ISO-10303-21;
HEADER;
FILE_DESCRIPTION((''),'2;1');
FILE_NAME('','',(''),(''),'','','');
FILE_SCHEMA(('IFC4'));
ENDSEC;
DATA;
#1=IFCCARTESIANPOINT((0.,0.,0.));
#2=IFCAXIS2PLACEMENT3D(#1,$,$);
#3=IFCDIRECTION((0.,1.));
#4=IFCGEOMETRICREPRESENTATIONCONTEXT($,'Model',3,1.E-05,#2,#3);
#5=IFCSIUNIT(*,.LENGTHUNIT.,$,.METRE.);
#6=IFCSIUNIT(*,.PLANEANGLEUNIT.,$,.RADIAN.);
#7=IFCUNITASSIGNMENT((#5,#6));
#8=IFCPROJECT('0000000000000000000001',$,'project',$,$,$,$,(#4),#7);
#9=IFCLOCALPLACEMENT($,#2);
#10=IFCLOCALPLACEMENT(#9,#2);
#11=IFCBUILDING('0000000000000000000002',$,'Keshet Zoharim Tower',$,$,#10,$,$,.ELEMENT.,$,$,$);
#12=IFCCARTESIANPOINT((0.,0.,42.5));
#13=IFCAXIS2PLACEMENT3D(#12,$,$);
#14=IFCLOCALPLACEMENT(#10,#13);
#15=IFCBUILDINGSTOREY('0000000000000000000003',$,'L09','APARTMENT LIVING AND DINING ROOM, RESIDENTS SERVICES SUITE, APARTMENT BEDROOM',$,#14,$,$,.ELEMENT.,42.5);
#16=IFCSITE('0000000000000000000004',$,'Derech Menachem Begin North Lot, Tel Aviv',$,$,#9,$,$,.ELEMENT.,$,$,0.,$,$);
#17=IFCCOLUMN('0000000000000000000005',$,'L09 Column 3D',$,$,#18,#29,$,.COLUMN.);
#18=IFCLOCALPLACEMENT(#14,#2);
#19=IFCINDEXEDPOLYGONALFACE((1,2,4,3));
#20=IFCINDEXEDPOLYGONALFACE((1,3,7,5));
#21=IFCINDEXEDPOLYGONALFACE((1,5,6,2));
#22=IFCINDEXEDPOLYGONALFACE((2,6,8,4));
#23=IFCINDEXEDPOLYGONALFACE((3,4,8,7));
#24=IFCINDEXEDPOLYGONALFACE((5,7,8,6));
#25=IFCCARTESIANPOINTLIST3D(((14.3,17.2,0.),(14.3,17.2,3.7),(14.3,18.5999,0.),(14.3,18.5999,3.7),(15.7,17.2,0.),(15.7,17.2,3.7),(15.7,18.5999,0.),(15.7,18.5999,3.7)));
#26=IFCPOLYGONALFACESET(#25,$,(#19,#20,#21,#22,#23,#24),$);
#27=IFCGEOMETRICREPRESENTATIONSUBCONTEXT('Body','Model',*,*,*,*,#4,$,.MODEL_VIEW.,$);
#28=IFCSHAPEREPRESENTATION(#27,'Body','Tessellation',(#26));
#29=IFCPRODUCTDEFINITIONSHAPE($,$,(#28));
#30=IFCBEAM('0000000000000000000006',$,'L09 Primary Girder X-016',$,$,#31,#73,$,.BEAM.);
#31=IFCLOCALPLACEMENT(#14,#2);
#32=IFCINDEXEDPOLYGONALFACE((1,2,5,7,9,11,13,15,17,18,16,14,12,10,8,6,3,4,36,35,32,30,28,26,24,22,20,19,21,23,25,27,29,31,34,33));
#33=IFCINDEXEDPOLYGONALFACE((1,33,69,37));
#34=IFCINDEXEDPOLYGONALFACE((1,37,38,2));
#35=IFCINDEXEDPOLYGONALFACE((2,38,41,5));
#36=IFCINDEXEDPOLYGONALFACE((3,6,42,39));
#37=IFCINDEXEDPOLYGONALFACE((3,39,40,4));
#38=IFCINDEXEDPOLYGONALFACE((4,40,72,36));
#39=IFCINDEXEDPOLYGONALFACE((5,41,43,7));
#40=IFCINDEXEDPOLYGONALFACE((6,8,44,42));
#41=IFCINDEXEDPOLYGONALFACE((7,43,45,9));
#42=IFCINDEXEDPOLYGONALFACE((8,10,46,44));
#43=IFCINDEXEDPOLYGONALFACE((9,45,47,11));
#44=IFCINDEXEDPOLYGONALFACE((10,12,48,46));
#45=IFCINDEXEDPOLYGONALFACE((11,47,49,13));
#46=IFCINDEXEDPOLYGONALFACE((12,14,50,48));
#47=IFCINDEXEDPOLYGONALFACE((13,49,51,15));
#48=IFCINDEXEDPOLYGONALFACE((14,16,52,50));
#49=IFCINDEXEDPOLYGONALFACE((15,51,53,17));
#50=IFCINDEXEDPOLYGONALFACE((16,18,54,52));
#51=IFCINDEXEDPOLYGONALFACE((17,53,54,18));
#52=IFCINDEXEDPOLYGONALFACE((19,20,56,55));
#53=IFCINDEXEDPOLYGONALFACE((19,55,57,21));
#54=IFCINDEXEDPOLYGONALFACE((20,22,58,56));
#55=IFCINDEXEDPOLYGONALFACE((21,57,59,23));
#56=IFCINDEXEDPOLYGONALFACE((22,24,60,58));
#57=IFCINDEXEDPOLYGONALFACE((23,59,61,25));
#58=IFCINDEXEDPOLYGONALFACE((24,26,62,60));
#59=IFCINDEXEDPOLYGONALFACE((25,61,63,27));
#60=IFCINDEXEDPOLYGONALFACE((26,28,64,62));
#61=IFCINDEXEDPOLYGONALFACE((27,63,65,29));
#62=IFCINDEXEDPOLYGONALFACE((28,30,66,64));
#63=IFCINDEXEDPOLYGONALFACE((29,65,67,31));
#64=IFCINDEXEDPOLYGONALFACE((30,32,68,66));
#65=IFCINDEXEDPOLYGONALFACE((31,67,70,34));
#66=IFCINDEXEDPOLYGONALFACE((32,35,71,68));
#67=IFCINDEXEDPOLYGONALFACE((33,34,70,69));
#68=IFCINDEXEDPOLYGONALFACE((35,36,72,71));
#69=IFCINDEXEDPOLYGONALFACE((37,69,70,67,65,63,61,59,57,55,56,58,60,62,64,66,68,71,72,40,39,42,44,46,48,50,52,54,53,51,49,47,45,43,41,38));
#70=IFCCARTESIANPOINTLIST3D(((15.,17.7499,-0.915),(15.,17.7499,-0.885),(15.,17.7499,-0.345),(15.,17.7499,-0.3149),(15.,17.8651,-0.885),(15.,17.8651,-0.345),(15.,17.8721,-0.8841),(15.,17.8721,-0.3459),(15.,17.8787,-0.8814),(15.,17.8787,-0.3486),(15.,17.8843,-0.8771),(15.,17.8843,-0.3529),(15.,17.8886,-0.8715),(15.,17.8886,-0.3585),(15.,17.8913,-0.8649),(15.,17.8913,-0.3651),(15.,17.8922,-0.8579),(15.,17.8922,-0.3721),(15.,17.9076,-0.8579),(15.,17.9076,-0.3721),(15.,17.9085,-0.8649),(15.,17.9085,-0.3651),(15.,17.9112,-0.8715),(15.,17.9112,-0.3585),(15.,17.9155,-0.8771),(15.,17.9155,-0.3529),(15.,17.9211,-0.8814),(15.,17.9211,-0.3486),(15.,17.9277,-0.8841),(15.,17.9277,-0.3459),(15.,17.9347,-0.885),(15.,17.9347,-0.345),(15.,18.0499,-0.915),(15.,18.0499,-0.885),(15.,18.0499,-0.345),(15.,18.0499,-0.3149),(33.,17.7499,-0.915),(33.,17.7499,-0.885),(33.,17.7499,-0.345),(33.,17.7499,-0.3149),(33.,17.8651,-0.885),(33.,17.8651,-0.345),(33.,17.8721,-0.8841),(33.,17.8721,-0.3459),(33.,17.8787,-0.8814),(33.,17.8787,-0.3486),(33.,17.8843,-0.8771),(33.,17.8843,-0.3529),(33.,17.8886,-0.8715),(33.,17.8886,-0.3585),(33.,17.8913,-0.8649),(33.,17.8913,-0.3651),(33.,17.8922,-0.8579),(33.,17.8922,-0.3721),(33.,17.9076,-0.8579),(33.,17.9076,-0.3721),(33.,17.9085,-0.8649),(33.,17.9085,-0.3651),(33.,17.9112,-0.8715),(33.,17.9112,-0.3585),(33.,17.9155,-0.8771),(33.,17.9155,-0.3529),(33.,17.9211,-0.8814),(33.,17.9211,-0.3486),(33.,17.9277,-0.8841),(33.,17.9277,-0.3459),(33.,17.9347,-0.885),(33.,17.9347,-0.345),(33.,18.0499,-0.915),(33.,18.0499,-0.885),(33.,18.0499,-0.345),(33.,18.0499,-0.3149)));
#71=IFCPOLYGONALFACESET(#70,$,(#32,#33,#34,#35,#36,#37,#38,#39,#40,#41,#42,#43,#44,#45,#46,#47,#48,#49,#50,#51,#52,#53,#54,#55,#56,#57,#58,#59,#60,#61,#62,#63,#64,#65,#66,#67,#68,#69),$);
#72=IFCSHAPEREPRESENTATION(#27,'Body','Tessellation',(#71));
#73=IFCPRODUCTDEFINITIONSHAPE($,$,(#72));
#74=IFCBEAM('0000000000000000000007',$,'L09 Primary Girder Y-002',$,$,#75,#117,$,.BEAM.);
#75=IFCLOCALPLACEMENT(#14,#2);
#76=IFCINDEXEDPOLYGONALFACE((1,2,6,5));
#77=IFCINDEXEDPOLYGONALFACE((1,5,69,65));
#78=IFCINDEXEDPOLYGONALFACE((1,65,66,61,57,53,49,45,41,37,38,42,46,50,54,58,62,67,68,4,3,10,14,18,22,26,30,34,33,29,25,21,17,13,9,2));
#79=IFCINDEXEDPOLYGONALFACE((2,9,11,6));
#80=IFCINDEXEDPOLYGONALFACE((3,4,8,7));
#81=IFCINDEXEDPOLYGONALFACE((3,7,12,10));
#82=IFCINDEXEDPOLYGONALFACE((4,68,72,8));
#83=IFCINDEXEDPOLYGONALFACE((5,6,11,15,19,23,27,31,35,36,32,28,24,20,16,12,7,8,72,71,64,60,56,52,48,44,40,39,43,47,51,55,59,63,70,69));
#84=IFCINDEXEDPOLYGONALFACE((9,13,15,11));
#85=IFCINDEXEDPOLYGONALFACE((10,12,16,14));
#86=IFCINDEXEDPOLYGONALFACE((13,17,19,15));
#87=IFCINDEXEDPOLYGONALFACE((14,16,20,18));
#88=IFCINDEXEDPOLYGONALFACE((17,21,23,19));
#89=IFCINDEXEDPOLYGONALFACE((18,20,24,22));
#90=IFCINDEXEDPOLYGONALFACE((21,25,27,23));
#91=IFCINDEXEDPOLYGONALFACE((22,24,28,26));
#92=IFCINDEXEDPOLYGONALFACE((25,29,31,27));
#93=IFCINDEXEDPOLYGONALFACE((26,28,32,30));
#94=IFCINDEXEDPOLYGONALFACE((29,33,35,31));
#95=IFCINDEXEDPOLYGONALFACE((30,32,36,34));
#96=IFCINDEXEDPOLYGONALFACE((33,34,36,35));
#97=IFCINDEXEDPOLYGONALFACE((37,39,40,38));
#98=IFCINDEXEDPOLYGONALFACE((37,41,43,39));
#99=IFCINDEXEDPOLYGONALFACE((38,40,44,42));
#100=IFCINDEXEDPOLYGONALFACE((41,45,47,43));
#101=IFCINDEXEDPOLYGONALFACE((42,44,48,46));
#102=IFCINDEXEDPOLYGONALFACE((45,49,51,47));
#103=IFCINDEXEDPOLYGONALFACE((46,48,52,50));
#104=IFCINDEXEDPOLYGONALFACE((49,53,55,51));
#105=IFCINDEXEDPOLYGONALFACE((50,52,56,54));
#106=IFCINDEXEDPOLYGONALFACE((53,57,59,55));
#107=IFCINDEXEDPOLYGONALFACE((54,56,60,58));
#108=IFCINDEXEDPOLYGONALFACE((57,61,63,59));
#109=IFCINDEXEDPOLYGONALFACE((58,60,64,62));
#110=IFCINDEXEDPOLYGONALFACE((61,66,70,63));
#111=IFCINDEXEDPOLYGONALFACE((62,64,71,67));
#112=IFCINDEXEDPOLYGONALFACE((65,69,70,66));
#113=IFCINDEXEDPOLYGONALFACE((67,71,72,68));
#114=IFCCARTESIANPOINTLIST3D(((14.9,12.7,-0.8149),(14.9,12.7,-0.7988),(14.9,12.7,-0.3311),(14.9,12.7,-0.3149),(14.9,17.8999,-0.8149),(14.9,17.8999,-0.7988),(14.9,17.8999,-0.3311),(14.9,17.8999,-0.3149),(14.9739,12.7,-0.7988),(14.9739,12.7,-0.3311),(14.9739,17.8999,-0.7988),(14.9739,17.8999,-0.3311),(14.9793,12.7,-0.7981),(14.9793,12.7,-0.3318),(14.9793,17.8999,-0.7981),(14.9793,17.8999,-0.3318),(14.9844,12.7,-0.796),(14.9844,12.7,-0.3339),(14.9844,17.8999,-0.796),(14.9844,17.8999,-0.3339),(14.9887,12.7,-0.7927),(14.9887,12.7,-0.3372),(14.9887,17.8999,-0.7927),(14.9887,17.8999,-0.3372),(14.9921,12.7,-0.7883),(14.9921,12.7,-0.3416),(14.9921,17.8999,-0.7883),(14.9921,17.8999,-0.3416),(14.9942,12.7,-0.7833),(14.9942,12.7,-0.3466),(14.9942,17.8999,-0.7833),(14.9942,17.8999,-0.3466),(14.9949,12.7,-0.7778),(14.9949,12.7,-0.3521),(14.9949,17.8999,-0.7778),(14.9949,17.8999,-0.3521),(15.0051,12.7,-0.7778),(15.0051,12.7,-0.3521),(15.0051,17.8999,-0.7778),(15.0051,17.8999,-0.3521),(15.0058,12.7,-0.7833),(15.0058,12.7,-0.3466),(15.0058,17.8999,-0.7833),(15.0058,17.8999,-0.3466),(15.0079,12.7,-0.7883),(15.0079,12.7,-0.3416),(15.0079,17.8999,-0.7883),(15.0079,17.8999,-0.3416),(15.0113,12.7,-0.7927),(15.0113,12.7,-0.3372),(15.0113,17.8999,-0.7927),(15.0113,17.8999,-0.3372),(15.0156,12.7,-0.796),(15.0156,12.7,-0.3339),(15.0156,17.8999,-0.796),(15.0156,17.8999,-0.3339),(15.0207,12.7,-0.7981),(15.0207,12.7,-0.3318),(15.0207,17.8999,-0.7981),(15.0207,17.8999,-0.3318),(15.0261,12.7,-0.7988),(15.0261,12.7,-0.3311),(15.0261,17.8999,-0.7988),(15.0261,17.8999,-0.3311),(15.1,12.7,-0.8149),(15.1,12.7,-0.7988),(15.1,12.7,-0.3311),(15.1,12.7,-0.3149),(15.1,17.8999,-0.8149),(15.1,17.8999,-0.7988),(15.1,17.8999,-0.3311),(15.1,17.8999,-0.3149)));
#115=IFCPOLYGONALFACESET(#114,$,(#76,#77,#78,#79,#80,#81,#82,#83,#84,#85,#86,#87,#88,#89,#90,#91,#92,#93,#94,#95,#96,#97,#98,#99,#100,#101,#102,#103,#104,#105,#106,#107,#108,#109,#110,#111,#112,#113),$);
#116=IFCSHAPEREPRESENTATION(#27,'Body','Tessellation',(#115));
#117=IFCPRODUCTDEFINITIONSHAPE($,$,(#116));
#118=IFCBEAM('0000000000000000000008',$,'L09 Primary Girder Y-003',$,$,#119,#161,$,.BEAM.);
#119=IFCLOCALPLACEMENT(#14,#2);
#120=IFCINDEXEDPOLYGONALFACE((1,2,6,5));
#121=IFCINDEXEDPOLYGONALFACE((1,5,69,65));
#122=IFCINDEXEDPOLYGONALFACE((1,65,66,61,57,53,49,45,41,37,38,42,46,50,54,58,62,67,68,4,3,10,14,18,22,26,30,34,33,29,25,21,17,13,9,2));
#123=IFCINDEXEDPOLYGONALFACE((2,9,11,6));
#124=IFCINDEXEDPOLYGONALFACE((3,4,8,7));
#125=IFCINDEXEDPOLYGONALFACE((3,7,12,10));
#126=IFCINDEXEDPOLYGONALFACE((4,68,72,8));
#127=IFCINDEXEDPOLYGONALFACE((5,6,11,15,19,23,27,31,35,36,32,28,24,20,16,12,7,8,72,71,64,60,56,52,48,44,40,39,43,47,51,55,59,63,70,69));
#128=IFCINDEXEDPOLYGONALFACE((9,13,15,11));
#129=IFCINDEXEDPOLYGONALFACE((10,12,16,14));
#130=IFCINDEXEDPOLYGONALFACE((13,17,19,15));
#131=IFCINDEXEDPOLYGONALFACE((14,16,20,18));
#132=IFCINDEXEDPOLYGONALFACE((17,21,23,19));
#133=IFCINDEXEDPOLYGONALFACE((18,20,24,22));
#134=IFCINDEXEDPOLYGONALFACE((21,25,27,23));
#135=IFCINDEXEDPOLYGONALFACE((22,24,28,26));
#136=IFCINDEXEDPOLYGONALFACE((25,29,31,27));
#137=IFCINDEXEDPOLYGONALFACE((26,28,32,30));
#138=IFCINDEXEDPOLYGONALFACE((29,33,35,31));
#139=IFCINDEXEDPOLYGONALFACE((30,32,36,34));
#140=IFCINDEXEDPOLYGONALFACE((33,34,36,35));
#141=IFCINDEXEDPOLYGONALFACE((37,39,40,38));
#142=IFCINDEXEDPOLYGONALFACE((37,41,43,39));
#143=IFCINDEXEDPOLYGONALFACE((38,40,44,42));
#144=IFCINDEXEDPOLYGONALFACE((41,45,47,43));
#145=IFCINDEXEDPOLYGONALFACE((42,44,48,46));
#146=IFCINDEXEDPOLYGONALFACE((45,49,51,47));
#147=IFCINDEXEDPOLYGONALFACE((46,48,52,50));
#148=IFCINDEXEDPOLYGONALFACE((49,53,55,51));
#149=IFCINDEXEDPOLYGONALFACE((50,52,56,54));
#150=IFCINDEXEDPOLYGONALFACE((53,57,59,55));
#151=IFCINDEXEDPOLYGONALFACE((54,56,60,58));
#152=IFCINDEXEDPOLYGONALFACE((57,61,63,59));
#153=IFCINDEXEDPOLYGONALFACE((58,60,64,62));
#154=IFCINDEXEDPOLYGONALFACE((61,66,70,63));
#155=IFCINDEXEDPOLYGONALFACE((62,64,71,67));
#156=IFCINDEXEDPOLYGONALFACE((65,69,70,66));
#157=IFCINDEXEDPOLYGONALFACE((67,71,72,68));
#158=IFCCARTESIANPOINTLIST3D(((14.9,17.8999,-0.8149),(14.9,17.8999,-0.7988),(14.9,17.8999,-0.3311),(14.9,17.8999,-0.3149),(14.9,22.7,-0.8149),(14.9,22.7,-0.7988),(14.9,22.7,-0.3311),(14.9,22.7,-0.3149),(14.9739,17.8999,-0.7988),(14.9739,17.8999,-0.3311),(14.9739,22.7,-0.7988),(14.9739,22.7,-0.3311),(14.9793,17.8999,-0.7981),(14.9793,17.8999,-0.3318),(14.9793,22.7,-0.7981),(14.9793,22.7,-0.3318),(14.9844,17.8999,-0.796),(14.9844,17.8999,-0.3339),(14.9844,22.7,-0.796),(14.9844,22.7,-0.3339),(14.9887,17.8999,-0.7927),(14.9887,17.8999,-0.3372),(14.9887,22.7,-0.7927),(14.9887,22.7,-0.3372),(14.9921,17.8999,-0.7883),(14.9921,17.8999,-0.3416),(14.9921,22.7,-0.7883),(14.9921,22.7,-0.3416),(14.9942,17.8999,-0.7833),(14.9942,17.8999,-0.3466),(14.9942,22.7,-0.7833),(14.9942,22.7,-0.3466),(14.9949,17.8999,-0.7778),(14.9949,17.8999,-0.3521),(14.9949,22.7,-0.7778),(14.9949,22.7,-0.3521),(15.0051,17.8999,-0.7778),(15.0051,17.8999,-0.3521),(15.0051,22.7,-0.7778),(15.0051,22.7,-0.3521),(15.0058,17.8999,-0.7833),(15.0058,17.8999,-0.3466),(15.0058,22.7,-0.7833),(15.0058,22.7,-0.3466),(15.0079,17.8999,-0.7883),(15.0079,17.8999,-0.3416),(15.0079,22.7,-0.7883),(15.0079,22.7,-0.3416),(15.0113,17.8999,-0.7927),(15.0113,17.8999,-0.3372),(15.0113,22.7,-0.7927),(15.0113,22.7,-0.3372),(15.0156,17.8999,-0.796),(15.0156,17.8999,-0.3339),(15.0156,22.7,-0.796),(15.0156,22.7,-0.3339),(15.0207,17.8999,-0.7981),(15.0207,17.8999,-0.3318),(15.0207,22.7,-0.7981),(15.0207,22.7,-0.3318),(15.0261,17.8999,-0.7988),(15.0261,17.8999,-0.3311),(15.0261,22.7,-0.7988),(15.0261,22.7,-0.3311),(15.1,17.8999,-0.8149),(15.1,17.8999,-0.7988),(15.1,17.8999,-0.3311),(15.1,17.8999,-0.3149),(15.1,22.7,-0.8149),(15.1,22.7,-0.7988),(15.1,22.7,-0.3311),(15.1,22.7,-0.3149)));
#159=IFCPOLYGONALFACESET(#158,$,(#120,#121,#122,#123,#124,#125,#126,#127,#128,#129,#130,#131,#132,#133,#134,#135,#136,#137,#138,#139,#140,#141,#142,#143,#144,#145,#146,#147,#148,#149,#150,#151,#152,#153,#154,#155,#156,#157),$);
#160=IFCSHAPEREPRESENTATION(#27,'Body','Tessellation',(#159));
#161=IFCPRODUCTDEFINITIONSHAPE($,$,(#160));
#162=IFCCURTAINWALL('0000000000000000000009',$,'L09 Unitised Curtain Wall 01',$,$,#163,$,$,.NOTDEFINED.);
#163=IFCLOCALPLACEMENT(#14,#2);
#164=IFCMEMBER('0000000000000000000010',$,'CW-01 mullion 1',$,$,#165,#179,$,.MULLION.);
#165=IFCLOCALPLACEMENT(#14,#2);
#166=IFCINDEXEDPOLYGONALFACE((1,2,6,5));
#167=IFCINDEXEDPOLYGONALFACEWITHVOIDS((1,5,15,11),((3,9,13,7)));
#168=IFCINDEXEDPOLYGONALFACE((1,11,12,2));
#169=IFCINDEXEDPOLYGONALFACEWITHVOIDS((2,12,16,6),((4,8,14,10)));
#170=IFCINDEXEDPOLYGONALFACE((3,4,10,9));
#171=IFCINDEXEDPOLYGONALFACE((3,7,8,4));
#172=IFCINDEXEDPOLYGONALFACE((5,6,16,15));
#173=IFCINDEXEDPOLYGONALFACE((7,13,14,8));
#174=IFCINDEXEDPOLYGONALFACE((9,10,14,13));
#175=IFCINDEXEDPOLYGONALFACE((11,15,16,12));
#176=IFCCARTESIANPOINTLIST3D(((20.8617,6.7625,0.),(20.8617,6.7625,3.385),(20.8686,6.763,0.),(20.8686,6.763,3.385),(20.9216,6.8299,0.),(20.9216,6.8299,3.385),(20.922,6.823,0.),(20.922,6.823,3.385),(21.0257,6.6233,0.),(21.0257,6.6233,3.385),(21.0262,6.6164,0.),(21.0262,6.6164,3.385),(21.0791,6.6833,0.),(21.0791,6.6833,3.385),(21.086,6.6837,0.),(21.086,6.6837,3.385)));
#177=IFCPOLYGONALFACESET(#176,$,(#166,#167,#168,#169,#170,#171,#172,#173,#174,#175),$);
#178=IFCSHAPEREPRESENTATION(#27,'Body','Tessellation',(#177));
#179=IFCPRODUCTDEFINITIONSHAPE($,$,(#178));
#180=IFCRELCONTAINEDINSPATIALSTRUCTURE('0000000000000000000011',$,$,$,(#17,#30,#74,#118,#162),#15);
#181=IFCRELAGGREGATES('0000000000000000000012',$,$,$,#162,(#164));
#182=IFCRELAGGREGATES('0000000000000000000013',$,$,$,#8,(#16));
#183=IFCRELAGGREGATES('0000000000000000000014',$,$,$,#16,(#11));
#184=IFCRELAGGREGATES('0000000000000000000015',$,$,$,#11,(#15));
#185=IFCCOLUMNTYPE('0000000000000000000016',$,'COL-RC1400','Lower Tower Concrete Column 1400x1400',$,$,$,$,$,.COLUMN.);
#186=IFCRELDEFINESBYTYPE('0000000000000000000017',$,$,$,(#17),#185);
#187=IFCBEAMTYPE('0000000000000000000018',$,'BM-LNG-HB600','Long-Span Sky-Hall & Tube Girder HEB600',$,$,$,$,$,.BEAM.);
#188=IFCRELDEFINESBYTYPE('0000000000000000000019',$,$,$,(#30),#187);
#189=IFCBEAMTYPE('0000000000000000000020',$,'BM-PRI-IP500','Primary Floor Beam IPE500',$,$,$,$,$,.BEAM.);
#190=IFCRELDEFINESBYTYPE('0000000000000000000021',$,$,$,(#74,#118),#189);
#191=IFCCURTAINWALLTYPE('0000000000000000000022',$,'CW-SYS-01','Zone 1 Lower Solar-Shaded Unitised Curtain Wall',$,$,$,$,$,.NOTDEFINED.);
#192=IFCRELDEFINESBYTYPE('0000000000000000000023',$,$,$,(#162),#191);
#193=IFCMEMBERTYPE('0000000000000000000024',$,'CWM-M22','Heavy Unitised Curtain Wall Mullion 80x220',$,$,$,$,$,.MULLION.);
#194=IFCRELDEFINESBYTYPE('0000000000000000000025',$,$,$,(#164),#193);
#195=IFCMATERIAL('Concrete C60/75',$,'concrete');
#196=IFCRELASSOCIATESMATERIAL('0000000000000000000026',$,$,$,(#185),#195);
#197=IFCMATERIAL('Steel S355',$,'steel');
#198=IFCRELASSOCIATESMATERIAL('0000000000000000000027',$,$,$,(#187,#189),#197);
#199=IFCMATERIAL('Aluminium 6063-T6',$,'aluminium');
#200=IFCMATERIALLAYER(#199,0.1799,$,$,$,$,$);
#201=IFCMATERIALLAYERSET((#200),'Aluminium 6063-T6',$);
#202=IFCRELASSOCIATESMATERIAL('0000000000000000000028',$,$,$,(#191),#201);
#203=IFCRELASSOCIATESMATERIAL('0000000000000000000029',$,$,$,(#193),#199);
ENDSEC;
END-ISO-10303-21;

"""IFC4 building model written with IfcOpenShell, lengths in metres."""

from ifc_helpers import new_model, si_unit, direction, frame, origin, origin_2d, place, context, subcontext, project, spatial, rectangle, hollow_rectangle, i_section, extrude, material, layer, layer_set, material_profile, profile_set, type_object, element, aggregate, save


model = new_model("IFC4")

# Units and contexts
model_context = context("Model", 3, precision=1e-05, world=origin(), true_north=direction((0.0, 1.0)))
body_context = subcontext(model_context, "Body", "Model", "MODEL_VIEW")
ifc_project = project(units=[si_unit("LENGTHUNIT", "METRE"), si_unit("PLANEANGLEUNIT", "RADIAN")], contexts=[model_context])

# Site, building, storey
site_placement = place(None, origin())
site = spatial("IfcSite", under=ifc_project, at=site_placement, Name="Derech Menachem Begin North Lot, Tel Aviv", CompositionType="ELEMENT", RefElevation=0.0)
building_placement = place(site_placement, origin())
building = spatial("IfcBuilding", under=site, at=building_placement, Name="Keshet Zoharim Tower", CompositionType="ELEMENT")
storey_placement = place(building_placement, frame((0.0, 0.0, 42.5)))
storey = spatial("IfcBuildingStorey", under=building, at=storey_placement, Name="L09", Description="APARTMENT LIVING AND DINING ROOM, RESIDENTS SERVICES SUITE, APARTMENT BEDROOM", CompositionType="ELEMENT", Elevation=42.5)

# Column
ifc_material_1 = material(Name="Concrete C60/75", Category="concrete")
ifc_material_profile_1 = material_profile(ifc_material_1, rectangle(XDim=1.3999, YDim=1.3999, at=origin_2d()), Name="RC1400x1400")
ifc_profile_set_1 = profile_set([ifc_material_profile_1], Name="Concrete C60/75")
column_type = type_object("IfcColumnType", Name="COL-RC1400", Description="Lower Tower Concrete Column 1400x1400", PredefinedType="COLUMN", material=ifc_profile_set_1)
column_placement = place(storey_placement, frame((15.0, 17.8999, 0.0), z_axis=(0.0, 0.0, 1.0), x_axis=(1.0, 0.0, 0.0)))
element("IfcColumn", 1, at=column_placement, inside=storey, type_object=column_type, Name="L09 Column 3D", PredefinedType="COLUMN", context=body_context, shape_type="SweptSolid", body=[
    extrude(rectangle(XDim=1.3999, YDim=1.3999, at=origin_2d()), origin(), (0.0, 0.0, 1.0), 3.7),
])

# Beams
ifc_material_2 = material(Name="Steel S355", Category="steel")
ifc_material_profile_2 = material_profile(ifc_material_2, i_section(OverallWidth=0.3, OverallDepth=0.6001, WebThickness=0.0154, FlangeThickness=0.03, FilletRadius=0.0271, at=origin_2d()), Name="HEB600")
ifc_profile_set_2 = profile_set([ifc_material_profile_2], Name="Steel S355")
beam_type_1 = type_object("IfcBeamType", Name="BM-LNG-HB600", Description="Long-Span Sky-Hall & Tube Girder HEB600", PredefinedType="BEAM", material=ifc_profile_set_2)
beam_1_placement = place(storey_placement, frame((15.0, 17.8999, -0.615), z_axis=(1.0, 0.0, 0.0), x_axis=(0.0, 1.0, 0.0)))
element("IfcBeam", 2, at=beam_1_placement, inside=storey, type_object=beam_type_1, Name="L09 Primary Girder X-016", PredefinedType="BEAM", context=body_context, shape_type="SweptSolid", body=[
    extrude(i_section(OverallWidth=0.3, OverallDepth=0.6001, WebThickness=0.0154, FlangeThickness=0.03, FilletRadius=0.0271, at=origin_2d()), origin(), (0.0, 0.0, 1.0), 18.0),
])
ifc_material_profile_3 = material_profile(ifc_material_2, i_section(OverallWidth=0.2, OverallDepth=0.5, WebThickness=0.0103, FlangeThickness=0.0161, FilletRadius=0.021, at=origin_2d()), Name="IPE500")
ifc_profile_set_3 = profile_set([ifc_material_profile_3], Name="Steel S355")
beam_type_2 = type_object("IfcBeamType", Name="BM-PRI-IP500", Description="Primary Floor Beam IPE500", PredefinedType="BEAM", material=ifc_profile_set_3)
beam_2_placement = place(storey_placement, frame((15.0, 12.7, -0.5649), z_axis=(0.0, 1.0, 0.0), x_axis=(-1.0, 0.0, 0.0)))
element("IfcBeam", 3, at=beam_2_placement, inside=storey, type_object=beam_type_2, Name="L09 Primary Girder Y-002", PredefinedType="BEAM", context=body_context, shape_type="SweptSolid", body=[
    extrude(i_section(OverallWidth=0.2, OverallDepth=0.5, WebThickness=0.0103, FlangeThickness=0.0161, FilletRadius=0.021, at=origin_2d()), origin(), (0.0, 0.0, 1.0), 5.2),
])
beam_3_placement = place(storey_placement, frame((15.0, 17.8999, -0.5649), z_axis=(0.0, 1.0, 0.0), x_axis=(-1.0, 0.0, 0.0)))
element("IfcBeam", 4, at=beam_3_placement, inside=storey, type_object=beam_type_2, Name="L09 Primary Girder Y-003", PredefinedType="BEAM", context=body_context, shape_type="SweptSolid", body=[
    extrude(i_section(OverallWidth=0.2, OverallDepth=0.5, WebThickness=0.0103, FlangeThickness=0.0161, FilletRadius=0.021, at=origin_2d()), origin(), (0.0, 0.0, 1.0), 4.8),
])

# Curtain wall, member
ifc_material_3 = material(Name="Aluminium 6063-T6", Category="aluminium")
ifc_layer_1 = layer(ifc_material_3, 0.1799)
ifc_layer_set_1 = layer_set([ifc_layer_1], Name="Aluminium 6063-T6")
curtain_wall_type = type_object("IfcCurtainWallType", Name="CW-SYS-01", Description="Zone 1 Lower Solar-Shaded Unitised Curtain Wall", PredefinedType="NOTDEFINED", material=ifc_layer_set_1)
curtain_wall_1_placement = place(storey_placement, origin())
curtain_wall_1 = element("IfcCurtainWall", 5, at=curtain_wall_1_placement, inside=storey, type_object=curtain_wall_type, Name="L09 Unitised Curtain Wall 01", PredefinedType="NOTDEFINED")
ifc_material_profile_4 = material_profile(ifc_material_3, hollow_rectangle(XDim=0.0901, YDim=0.22, WallThickness=0.0049, at=origin_2d()), Name="MUL-90x220")
ifc_profile_set_4 = profile_set([ifc_material_profile_4], Name="Aluminium 6063-T6")
member_type_1 = type_object("IfcMemberType", Name="CWM-M22", Description="Heavy Unitised Curtain Wall Mullion 80x220", PredefinedType="MULLION", material=ifc_profile_set_4)
member_1_placement = place(storey_placement, frame((20.9739, 6.7231, 0.0), z_axis=(0.0, 0.0, 1.0), x_axis=(-0.664364, -0.747409, 0.0)))
member_1 = element("IfcMember", 6, at=member_1_placement, type_object=member_type_1, Name="CW-01 mullion 1", PredefinedType="MULLION", context=body_context, shape_type="SweptSolid", body=[
    extrude(hollow_rectangle(XDim=0.0901, YDim=0.22, WallThickness=0.0049, at=origin_2d()), origin(), (0.0, 0.0, 1.0), 3.385),
])

aggregate(curtain_wall_1, [member_1])

save(model, "model.ifc")
